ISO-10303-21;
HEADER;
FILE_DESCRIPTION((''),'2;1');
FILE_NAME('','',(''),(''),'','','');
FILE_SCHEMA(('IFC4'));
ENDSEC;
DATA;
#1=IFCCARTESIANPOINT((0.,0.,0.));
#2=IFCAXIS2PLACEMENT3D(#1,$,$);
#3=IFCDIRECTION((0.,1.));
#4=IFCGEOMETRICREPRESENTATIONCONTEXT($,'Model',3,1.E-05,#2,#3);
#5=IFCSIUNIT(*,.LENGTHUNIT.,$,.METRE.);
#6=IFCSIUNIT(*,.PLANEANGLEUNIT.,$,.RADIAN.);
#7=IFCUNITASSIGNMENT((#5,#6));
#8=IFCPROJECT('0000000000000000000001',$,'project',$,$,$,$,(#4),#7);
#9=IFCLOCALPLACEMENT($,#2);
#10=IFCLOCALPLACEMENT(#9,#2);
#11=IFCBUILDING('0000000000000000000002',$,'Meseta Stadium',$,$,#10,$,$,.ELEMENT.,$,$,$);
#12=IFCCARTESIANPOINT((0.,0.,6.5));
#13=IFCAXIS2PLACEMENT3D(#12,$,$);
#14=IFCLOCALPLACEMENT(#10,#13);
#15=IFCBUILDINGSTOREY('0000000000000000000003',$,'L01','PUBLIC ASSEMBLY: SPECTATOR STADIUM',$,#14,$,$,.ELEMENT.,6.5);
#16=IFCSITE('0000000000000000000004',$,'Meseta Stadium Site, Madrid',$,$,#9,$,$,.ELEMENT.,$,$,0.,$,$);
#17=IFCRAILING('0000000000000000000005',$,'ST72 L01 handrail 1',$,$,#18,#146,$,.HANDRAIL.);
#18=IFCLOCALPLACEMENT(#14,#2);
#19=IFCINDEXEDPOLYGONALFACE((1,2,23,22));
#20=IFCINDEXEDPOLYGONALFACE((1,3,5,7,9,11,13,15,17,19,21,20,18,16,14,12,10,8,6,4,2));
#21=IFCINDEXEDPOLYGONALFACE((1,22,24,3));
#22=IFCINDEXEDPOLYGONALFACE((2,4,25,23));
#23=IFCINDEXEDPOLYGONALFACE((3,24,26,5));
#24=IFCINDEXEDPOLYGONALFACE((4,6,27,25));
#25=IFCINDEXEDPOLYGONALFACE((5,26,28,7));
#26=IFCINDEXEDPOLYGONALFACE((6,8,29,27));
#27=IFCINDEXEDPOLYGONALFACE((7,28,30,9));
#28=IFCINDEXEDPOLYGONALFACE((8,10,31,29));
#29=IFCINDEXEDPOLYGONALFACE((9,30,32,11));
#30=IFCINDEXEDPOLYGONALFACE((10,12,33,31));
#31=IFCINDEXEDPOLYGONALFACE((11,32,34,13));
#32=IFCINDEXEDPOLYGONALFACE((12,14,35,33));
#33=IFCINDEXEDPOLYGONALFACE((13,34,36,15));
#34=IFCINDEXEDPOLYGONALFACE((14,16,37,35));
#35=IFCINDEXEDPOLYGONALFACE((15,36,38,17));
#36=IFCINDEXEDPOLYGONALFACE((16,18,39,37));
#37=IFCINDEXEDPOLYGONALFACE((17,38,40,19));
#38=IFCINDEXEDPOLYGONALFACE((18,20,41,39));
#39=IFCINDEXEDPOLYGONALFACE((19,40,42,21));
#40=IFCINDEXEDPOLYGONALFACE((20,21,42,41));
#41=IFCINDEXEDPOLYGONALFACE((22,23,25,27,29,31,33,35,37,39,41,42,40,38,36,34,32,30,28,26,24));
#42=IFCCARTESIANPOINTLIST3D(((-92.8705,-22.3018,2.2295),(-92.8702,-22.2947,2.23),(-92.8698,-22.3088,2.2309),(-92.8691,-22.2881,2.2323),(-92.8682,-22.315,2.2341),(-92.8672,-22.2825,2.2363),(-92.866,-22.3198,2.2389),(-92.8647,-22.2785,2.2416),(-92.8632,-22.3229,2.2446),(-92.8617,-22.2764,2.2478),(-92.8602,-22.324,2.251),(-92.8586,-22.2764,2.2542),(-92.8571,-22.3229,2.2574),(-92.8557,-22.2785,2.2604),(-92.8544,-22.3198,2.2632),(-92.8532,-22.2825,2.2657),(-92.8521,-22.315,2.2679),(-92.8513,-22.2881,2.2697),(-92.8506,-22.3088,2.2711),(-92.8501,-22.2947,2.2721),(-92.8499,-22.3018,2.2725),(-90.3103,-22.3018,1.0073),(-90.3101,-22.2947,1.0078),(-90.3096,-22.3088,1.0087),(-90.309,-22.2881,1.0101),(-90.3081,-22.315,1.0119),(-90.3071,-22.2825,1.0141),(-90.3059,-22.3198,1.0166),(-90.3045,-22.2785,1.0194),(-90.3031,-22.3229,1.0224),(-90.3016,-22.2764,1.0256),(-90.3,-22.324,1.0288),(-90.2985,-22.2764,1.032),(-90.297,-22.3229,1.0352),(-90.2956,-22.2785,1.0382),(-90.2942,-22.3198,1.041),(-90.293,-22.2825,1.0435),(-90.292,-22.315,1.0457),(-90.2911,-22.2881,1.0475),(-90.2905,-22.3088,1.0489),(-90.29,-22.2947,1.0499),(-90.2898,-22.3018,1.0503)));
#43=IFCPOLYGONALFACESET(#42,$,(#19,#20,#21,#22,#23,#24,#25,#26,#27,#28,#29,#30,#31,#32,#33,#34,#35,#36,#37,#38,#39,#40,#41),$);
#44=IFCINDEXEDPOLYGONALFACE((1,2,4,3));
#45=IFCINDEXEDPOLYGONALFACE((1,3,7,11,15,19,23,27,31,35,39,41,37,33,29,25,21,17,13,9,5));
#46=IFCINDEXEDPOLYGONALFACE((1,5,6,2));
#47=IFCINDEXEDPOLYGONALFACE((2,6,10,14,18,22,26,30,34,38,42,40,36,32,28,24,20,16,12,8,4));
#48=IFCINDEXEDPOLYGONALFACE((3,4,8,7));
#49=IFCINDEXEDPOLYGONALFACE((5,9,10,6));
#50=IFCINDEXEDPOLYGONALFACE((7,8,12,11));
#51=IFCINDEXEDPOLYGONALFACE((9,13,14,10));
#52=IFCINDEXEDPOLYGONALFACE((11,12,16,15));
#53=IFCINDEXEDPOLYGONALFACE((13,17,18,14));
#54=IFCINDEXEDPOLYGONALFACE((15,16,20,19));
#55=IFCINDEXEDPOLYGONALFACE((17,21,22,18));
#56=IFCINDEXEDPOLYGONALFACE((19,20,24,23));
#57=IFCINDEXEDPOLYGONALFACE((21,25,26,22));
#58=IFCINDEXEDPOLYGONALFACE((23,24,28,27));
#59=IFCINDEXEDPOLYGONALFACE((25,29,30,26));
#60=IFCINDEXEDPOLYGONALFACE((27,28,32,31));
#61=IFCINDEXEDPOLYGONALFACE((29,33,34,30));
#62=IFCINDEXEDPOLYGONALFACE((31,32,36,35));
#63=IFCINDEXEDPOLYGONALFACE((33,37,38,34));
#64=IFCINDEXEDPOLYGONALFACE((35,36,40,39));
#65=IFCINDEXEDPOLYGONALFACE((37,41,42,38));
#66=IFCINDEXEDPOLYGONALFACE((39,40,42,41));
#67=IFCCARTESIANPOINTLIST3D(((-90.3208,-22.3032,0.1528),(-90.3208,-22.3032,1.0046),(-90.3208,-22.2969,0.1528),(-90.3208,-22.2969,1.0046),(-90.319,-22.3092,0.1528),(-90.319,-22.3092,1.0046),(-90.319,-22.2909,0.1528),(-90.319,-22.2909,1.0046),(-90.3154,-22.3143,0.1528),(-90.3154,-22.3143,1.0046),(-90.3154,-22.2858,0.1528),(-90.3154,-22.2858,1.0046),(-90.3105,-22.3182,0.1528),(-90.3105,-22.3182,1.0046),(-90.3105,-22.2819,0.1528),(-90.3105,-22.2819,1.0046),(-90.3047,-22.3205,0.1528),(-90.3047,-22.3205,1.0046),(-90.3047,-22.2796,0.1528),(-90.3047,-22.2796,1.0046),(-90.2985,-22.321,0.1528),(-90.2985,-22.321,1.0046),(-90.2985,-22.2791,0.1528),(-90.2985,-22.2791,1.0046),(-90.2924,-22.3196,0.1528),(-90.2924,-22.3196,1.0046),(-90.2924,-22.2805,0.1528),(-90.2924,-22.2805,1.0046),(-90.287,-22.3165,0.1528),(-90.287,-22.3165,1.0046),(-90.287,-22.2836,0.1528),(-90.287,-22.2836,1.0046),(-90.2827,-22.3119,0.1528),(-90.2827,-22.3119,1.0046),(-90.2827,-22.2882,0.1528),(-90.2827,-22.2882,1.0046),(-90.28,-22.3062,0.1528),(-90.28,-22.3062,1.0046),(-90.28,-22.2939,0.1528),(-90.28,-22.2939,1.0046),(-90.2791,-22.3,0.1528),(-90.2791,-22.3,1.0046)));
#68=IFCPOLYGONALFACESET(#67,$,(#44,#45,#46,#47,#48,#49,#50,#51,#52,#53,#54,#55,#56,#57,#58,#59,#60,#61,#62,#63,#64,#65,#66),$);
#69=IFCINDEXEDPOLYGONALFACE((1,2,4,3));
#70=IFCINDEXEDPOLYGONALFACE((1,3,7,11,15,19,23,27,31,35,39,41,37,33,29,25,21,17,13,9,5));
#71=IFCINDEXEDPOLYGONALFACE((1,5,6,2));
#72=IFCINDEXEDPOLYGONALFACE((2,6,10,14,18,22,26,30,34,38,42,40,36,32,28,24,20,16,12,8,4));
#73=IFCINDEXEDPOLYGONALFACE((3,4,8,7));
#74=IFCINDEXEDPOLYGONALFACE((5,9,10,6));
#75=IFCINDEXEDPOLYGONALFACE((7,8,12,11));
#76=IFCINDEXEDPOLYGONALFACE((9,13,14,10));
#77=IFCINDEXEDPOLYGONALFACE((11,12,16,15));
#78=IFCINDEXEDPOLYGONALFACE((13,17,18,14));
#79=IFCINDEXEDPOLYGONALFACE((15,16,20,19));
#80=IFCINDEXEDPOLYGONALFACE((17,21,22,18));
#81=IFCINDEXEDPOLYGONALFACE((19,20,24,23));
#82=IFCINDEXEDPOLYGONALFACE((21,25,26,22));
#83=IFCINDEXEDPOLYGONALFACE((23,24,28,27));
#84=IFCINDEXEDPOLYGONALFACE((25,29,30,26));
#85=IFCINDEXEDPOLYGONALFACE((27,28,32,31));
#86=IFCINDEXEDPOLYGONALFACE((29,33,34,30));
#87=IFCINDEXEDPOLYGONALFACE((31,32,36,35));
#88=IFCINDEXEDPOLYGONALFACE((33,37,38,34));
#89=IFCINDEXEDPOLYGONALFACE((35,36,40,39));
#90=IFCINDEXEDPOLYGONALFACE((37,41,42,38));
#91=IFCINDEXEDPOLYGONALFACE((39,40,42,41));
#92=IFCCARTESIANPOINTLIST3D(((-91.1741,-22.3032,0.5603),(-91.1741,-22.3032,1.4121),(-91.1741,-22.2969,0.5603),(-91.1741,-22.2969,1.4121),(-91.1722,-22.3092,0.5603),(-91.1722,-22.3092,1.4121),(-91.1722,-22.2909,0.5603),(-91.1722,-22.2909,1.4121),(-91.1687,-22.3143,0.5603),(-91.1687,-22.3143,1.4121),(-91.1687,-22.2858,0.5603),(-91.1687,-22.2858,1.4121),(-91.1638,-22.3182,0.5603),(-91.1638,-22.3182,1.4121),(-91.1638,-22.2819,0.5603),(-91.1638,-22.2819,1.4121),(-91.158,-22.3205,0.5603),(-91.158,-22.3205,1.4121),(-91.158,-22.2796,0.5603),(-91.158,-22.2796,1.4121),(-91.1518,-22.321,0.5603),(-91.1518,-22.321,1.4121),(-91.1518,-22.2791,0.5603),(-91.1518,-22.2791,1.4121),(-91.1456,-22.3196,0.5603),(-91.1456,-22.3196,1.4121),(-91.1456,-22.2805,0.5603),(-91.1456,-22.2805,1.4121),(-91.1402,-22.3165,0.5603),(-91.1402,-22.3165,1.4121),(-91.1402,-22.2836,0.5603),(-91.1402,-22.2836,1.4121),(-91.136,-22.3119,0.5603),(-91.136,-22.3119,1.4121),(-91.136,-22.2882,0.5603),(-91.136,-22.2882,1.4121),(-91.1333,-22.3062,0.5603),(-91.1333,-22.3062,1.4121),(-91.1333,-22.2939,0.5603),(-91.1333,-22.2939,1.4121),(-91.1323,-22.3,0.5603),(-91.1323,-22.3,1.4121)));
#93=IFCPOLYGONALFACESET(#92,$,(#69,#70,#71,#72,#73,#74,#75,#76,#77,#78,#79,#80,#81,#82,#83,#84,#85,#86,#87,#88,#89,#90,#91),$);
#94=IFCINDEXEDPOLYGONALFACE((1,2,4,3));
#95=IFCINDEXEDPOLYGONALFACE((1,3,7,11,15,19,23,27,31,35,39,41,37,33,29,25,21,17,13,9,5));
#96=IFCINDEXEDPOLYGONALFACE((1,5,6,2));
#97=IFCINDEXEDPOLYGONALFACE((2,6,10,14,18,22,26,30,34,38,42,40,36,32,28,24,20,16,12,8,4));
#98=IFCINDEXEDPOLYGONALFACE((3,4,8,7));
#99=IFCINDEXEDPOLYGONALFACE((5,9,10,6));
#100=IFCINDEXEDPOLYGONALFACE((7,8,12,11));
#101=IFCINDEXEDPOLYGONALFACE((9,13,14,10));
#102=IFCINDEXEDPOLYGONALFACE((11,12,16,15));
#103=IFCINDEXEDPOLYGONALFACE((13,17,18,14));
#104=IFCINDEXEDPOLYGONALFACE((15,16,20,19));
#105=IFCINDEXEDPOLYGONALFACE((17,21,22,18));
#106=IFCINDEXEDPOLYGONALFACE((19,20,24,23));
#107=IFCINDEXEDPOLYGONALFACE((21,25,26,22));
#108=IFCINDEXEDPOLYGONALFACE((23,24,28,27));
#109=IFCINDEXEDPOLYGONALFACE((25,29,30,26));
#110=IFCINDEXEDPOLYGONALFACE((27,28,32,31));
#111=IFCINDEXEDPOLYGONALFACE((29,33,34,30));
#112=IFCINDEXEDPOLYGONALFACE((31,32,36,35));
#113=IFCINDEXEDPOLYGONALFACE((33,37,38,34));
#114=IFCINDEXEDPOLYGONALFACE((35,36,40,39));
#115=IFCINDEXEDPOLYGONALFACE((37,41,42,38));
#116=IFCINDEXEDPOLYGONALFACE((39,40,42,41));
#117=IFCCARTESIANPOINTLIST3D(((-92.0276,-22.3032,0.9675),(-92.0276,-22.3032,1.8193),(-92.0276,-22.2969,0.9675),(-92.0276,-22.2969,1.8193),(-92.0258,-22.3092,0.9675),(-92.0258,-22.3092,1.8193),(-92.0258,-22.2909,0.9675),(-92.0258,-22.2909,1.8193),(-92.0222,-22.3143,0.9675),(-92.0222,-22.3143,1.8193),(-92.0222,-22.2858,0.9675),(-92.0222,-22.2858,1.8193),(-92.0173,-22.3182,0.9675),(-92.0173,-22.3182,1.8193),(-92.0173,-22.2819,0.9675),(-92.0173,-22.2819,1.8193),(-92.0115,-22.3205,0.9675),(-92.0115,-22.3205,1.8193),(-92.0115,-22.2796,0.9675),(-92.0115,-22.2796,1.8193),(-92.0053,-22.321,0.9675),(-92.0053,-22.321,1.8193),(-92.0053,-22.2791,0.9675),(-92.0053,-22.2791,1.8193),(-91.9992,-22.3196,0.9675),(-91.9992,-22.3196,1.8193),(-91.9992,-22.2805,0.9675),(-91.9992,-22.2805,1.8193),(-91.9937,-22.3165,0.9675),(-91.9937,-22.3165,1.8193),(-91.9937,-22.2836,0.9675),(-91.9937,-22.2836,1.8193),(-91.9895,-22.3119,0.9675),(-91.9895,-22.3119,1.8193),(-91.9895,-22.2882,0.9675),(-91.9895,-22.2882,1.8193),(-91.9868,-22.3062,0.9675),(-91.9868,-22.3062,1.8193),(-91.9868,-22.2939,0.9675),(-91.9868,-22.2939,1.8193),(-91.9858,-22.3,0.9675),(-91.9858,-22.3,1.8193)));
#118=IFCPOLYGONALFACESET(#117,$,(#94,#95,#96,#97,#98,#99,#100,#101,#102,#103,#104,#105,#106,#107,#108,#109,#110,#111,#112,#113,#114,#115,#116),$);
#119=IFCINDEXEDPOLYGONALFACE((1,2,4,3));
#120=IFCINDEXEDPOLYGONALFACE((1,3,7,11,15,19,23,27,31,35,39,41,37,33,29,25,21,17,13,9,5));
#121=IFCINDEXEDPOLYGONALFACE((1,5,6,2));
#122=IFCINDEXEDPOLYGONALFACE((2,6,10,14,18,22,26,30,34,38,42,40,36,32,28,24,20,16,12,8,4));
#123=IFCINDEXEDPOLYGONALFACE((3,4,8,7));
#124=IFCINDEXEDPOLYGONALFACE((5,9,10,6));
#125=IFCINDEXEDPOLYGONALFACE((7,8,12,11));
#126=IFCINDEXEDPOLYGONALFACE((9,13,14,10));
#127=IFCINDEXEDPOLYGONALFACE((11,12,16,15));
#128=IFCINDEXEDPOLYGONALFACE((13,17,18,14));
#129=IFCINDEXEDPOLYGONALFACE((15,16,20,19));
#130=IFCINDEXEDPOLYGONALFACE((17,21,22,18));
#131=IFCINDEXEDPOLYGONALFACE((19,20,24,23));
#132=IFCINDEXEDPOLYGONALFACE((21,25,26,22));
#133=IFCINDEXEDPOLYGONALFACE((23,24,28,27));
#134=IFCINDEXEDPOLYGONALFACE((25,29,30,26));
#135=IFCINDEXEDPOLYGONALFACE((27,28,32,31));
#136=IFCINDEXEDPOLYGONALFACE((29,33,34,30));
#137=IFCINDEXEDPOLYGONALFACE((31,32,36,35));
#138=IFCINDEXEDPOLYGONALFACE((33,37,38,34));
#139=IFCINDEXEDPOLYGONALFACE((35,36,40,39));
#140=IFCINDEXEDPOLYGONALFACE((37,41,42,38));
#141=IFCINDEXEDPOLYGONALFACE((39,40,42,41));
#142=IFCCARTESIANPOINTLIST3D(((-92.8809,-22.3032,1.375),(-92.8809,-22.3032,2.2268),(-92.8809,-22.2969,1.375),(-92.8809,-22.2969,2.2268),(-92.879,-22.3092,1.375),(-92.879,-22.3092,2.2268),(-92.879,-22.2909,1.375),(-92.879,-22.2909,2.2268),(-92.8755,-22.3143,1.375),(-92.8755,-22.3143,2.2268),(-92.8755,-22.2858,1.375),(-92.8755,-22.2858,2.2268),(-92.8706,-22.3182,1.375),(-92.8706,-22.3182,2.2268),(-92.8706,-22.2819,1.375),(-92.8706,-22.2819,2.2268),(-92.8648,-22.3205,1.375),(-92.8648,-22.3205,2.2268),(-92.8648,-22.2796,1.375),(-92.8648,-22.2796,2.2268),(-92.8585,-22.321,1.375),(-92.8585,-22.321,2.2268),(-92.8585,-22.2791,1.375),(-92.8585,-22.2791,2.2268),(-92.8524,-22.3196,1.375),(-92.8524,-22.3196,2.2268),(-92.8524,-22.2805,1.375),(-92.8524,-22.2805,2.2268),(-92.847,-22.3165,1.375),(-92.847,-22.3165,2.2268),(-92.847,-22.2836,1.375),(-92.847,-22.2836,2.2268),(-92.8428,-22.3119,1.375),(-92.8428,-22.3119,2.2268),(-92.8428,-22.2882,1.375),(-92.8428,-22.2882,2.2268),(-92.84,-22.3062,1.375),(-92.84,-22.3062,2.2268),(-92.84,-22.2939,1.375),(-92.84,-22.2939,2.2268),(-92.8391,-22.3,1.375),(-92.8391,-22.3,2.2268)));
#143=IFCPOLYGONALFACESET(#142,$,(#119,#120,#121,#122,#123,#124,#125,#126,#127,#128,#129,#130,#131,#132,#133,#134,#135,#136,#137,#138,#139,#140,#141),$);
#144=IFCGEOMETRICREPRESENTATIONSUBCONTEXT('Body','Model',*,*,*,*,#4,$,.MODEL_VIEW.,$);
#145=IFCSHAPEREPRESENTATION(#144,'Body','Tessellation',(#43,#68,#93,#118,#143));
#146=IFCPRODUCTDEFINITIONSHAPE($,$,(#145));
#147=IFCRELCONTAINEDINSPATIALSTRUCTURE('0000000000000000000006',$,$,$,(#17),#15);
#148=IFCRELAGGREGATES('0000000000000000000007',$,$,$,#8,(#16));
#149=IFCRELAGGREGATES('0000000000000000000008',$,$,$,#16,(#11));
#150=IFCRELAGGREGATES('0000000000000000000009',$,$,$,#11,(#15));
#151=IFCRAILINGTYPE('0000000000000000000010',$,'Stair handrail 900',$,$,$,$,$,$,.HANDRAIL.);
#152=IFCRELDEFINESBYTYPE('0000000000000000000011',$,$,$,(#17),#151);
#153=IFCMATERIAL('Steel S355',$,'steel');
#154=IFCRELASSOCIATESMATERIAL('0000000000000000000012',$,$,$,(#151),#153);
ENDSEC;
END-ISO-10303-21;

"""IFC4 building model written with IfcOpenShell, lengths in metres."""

from ifc_helpers import new_model, si_unit, direction, frame, origin, origin_2d, place, context, subcontext, project, spatial, circle, extrude, material, type_object, element, save


model = new_model("IFC4")

# Units and contexts
model_context = context("Model", 3, precision=1e-05, world=origin(), true_north=direction((0.0, 1.0)))
body_context = subcontext(model_context, "Body", "Model", "MODEL_VIEW")
ifc_project = project(units=[si_unit("LENGTHUNIT", "METRE"), si_unit("PLANEANGLEUNIT", "RADIAN")], contexts=[model_context])

# Site, building, storey
site_placement = place(None, origin())
site = spatial("IfcSite", under=ifc_project, at=site_placement, Name="Meseta Stadium Site, Madrid", CompositionType="ELEMENT", RefElevation=0.0)
building_placement = place(site_placement, origin())
building = spatial("IfcBuilding", under=site, at=building_placement, Name="Meseta Stadium", CompositionType="ELEMENT")
storey_placement = place(building_placement, frame((0.0, 0.0, 6.5)))
storey = spatial("IfcBuildingStorey", under=building, at=storey_placement, Name="L01", Description="PUBLIC ASSEMBLY: SPECTATOR STADIUM", CompositionType="ELEMENT", Elevation=6.5)

# Railing
ifc_material_1 = material(Name="Steel S355", Category="steel")
railing_type_1 = type_object("IfcRailingType", Name="Stair handrail 900", PredefinedType="HANDRAIL", material=ifc_material_1)
for number, where, name in (
    (1, (-90.3, -22.3, 0.1528), "ST72 L01 handrail 1"),
):
    element("IfcRailing", number, at=place(storey_placement, frame(where)), inside=storey, type_object=railing_type_1, Name=name, PredefinedType="HANDRAIL", context=body_context, shape_type="SweptSolid", body=[
        extrude(circle(Radius=0.0239, at=origin_2d()), frame((0.0, 0.0, 0.876), z_axis=(-0.902437, 0.0, 0.430822), x_axis=(0.0, -1.0, 0.0)), (0.0, 0.0, 1.0), 2.8369),
        extrude(circle(Radius=0.021, at=origin_2d()), origin(), (0.0, 0.0, 1.0), 0.8518),
        extrude(circle(Radius=0.021, at=origin_2d()), frame((-0.8533, 0.0, 0.4075)), (0.0, 0.0, 1.0), 0.8518),
        extrude(circle(Radius=0.021, at=origin_2d()), frame((-1.7068, 0.0, 0.8147)), (0.0, 0.0, 1.0), 0.8518),
        extrude(circle(Radius=0.021, at=origin_2d()), frame((-2.5601, 0.0, 1.2222)), (0.0, 0.0, 1.0), 0.8518),
    ])

save(model, "model.ifc")
